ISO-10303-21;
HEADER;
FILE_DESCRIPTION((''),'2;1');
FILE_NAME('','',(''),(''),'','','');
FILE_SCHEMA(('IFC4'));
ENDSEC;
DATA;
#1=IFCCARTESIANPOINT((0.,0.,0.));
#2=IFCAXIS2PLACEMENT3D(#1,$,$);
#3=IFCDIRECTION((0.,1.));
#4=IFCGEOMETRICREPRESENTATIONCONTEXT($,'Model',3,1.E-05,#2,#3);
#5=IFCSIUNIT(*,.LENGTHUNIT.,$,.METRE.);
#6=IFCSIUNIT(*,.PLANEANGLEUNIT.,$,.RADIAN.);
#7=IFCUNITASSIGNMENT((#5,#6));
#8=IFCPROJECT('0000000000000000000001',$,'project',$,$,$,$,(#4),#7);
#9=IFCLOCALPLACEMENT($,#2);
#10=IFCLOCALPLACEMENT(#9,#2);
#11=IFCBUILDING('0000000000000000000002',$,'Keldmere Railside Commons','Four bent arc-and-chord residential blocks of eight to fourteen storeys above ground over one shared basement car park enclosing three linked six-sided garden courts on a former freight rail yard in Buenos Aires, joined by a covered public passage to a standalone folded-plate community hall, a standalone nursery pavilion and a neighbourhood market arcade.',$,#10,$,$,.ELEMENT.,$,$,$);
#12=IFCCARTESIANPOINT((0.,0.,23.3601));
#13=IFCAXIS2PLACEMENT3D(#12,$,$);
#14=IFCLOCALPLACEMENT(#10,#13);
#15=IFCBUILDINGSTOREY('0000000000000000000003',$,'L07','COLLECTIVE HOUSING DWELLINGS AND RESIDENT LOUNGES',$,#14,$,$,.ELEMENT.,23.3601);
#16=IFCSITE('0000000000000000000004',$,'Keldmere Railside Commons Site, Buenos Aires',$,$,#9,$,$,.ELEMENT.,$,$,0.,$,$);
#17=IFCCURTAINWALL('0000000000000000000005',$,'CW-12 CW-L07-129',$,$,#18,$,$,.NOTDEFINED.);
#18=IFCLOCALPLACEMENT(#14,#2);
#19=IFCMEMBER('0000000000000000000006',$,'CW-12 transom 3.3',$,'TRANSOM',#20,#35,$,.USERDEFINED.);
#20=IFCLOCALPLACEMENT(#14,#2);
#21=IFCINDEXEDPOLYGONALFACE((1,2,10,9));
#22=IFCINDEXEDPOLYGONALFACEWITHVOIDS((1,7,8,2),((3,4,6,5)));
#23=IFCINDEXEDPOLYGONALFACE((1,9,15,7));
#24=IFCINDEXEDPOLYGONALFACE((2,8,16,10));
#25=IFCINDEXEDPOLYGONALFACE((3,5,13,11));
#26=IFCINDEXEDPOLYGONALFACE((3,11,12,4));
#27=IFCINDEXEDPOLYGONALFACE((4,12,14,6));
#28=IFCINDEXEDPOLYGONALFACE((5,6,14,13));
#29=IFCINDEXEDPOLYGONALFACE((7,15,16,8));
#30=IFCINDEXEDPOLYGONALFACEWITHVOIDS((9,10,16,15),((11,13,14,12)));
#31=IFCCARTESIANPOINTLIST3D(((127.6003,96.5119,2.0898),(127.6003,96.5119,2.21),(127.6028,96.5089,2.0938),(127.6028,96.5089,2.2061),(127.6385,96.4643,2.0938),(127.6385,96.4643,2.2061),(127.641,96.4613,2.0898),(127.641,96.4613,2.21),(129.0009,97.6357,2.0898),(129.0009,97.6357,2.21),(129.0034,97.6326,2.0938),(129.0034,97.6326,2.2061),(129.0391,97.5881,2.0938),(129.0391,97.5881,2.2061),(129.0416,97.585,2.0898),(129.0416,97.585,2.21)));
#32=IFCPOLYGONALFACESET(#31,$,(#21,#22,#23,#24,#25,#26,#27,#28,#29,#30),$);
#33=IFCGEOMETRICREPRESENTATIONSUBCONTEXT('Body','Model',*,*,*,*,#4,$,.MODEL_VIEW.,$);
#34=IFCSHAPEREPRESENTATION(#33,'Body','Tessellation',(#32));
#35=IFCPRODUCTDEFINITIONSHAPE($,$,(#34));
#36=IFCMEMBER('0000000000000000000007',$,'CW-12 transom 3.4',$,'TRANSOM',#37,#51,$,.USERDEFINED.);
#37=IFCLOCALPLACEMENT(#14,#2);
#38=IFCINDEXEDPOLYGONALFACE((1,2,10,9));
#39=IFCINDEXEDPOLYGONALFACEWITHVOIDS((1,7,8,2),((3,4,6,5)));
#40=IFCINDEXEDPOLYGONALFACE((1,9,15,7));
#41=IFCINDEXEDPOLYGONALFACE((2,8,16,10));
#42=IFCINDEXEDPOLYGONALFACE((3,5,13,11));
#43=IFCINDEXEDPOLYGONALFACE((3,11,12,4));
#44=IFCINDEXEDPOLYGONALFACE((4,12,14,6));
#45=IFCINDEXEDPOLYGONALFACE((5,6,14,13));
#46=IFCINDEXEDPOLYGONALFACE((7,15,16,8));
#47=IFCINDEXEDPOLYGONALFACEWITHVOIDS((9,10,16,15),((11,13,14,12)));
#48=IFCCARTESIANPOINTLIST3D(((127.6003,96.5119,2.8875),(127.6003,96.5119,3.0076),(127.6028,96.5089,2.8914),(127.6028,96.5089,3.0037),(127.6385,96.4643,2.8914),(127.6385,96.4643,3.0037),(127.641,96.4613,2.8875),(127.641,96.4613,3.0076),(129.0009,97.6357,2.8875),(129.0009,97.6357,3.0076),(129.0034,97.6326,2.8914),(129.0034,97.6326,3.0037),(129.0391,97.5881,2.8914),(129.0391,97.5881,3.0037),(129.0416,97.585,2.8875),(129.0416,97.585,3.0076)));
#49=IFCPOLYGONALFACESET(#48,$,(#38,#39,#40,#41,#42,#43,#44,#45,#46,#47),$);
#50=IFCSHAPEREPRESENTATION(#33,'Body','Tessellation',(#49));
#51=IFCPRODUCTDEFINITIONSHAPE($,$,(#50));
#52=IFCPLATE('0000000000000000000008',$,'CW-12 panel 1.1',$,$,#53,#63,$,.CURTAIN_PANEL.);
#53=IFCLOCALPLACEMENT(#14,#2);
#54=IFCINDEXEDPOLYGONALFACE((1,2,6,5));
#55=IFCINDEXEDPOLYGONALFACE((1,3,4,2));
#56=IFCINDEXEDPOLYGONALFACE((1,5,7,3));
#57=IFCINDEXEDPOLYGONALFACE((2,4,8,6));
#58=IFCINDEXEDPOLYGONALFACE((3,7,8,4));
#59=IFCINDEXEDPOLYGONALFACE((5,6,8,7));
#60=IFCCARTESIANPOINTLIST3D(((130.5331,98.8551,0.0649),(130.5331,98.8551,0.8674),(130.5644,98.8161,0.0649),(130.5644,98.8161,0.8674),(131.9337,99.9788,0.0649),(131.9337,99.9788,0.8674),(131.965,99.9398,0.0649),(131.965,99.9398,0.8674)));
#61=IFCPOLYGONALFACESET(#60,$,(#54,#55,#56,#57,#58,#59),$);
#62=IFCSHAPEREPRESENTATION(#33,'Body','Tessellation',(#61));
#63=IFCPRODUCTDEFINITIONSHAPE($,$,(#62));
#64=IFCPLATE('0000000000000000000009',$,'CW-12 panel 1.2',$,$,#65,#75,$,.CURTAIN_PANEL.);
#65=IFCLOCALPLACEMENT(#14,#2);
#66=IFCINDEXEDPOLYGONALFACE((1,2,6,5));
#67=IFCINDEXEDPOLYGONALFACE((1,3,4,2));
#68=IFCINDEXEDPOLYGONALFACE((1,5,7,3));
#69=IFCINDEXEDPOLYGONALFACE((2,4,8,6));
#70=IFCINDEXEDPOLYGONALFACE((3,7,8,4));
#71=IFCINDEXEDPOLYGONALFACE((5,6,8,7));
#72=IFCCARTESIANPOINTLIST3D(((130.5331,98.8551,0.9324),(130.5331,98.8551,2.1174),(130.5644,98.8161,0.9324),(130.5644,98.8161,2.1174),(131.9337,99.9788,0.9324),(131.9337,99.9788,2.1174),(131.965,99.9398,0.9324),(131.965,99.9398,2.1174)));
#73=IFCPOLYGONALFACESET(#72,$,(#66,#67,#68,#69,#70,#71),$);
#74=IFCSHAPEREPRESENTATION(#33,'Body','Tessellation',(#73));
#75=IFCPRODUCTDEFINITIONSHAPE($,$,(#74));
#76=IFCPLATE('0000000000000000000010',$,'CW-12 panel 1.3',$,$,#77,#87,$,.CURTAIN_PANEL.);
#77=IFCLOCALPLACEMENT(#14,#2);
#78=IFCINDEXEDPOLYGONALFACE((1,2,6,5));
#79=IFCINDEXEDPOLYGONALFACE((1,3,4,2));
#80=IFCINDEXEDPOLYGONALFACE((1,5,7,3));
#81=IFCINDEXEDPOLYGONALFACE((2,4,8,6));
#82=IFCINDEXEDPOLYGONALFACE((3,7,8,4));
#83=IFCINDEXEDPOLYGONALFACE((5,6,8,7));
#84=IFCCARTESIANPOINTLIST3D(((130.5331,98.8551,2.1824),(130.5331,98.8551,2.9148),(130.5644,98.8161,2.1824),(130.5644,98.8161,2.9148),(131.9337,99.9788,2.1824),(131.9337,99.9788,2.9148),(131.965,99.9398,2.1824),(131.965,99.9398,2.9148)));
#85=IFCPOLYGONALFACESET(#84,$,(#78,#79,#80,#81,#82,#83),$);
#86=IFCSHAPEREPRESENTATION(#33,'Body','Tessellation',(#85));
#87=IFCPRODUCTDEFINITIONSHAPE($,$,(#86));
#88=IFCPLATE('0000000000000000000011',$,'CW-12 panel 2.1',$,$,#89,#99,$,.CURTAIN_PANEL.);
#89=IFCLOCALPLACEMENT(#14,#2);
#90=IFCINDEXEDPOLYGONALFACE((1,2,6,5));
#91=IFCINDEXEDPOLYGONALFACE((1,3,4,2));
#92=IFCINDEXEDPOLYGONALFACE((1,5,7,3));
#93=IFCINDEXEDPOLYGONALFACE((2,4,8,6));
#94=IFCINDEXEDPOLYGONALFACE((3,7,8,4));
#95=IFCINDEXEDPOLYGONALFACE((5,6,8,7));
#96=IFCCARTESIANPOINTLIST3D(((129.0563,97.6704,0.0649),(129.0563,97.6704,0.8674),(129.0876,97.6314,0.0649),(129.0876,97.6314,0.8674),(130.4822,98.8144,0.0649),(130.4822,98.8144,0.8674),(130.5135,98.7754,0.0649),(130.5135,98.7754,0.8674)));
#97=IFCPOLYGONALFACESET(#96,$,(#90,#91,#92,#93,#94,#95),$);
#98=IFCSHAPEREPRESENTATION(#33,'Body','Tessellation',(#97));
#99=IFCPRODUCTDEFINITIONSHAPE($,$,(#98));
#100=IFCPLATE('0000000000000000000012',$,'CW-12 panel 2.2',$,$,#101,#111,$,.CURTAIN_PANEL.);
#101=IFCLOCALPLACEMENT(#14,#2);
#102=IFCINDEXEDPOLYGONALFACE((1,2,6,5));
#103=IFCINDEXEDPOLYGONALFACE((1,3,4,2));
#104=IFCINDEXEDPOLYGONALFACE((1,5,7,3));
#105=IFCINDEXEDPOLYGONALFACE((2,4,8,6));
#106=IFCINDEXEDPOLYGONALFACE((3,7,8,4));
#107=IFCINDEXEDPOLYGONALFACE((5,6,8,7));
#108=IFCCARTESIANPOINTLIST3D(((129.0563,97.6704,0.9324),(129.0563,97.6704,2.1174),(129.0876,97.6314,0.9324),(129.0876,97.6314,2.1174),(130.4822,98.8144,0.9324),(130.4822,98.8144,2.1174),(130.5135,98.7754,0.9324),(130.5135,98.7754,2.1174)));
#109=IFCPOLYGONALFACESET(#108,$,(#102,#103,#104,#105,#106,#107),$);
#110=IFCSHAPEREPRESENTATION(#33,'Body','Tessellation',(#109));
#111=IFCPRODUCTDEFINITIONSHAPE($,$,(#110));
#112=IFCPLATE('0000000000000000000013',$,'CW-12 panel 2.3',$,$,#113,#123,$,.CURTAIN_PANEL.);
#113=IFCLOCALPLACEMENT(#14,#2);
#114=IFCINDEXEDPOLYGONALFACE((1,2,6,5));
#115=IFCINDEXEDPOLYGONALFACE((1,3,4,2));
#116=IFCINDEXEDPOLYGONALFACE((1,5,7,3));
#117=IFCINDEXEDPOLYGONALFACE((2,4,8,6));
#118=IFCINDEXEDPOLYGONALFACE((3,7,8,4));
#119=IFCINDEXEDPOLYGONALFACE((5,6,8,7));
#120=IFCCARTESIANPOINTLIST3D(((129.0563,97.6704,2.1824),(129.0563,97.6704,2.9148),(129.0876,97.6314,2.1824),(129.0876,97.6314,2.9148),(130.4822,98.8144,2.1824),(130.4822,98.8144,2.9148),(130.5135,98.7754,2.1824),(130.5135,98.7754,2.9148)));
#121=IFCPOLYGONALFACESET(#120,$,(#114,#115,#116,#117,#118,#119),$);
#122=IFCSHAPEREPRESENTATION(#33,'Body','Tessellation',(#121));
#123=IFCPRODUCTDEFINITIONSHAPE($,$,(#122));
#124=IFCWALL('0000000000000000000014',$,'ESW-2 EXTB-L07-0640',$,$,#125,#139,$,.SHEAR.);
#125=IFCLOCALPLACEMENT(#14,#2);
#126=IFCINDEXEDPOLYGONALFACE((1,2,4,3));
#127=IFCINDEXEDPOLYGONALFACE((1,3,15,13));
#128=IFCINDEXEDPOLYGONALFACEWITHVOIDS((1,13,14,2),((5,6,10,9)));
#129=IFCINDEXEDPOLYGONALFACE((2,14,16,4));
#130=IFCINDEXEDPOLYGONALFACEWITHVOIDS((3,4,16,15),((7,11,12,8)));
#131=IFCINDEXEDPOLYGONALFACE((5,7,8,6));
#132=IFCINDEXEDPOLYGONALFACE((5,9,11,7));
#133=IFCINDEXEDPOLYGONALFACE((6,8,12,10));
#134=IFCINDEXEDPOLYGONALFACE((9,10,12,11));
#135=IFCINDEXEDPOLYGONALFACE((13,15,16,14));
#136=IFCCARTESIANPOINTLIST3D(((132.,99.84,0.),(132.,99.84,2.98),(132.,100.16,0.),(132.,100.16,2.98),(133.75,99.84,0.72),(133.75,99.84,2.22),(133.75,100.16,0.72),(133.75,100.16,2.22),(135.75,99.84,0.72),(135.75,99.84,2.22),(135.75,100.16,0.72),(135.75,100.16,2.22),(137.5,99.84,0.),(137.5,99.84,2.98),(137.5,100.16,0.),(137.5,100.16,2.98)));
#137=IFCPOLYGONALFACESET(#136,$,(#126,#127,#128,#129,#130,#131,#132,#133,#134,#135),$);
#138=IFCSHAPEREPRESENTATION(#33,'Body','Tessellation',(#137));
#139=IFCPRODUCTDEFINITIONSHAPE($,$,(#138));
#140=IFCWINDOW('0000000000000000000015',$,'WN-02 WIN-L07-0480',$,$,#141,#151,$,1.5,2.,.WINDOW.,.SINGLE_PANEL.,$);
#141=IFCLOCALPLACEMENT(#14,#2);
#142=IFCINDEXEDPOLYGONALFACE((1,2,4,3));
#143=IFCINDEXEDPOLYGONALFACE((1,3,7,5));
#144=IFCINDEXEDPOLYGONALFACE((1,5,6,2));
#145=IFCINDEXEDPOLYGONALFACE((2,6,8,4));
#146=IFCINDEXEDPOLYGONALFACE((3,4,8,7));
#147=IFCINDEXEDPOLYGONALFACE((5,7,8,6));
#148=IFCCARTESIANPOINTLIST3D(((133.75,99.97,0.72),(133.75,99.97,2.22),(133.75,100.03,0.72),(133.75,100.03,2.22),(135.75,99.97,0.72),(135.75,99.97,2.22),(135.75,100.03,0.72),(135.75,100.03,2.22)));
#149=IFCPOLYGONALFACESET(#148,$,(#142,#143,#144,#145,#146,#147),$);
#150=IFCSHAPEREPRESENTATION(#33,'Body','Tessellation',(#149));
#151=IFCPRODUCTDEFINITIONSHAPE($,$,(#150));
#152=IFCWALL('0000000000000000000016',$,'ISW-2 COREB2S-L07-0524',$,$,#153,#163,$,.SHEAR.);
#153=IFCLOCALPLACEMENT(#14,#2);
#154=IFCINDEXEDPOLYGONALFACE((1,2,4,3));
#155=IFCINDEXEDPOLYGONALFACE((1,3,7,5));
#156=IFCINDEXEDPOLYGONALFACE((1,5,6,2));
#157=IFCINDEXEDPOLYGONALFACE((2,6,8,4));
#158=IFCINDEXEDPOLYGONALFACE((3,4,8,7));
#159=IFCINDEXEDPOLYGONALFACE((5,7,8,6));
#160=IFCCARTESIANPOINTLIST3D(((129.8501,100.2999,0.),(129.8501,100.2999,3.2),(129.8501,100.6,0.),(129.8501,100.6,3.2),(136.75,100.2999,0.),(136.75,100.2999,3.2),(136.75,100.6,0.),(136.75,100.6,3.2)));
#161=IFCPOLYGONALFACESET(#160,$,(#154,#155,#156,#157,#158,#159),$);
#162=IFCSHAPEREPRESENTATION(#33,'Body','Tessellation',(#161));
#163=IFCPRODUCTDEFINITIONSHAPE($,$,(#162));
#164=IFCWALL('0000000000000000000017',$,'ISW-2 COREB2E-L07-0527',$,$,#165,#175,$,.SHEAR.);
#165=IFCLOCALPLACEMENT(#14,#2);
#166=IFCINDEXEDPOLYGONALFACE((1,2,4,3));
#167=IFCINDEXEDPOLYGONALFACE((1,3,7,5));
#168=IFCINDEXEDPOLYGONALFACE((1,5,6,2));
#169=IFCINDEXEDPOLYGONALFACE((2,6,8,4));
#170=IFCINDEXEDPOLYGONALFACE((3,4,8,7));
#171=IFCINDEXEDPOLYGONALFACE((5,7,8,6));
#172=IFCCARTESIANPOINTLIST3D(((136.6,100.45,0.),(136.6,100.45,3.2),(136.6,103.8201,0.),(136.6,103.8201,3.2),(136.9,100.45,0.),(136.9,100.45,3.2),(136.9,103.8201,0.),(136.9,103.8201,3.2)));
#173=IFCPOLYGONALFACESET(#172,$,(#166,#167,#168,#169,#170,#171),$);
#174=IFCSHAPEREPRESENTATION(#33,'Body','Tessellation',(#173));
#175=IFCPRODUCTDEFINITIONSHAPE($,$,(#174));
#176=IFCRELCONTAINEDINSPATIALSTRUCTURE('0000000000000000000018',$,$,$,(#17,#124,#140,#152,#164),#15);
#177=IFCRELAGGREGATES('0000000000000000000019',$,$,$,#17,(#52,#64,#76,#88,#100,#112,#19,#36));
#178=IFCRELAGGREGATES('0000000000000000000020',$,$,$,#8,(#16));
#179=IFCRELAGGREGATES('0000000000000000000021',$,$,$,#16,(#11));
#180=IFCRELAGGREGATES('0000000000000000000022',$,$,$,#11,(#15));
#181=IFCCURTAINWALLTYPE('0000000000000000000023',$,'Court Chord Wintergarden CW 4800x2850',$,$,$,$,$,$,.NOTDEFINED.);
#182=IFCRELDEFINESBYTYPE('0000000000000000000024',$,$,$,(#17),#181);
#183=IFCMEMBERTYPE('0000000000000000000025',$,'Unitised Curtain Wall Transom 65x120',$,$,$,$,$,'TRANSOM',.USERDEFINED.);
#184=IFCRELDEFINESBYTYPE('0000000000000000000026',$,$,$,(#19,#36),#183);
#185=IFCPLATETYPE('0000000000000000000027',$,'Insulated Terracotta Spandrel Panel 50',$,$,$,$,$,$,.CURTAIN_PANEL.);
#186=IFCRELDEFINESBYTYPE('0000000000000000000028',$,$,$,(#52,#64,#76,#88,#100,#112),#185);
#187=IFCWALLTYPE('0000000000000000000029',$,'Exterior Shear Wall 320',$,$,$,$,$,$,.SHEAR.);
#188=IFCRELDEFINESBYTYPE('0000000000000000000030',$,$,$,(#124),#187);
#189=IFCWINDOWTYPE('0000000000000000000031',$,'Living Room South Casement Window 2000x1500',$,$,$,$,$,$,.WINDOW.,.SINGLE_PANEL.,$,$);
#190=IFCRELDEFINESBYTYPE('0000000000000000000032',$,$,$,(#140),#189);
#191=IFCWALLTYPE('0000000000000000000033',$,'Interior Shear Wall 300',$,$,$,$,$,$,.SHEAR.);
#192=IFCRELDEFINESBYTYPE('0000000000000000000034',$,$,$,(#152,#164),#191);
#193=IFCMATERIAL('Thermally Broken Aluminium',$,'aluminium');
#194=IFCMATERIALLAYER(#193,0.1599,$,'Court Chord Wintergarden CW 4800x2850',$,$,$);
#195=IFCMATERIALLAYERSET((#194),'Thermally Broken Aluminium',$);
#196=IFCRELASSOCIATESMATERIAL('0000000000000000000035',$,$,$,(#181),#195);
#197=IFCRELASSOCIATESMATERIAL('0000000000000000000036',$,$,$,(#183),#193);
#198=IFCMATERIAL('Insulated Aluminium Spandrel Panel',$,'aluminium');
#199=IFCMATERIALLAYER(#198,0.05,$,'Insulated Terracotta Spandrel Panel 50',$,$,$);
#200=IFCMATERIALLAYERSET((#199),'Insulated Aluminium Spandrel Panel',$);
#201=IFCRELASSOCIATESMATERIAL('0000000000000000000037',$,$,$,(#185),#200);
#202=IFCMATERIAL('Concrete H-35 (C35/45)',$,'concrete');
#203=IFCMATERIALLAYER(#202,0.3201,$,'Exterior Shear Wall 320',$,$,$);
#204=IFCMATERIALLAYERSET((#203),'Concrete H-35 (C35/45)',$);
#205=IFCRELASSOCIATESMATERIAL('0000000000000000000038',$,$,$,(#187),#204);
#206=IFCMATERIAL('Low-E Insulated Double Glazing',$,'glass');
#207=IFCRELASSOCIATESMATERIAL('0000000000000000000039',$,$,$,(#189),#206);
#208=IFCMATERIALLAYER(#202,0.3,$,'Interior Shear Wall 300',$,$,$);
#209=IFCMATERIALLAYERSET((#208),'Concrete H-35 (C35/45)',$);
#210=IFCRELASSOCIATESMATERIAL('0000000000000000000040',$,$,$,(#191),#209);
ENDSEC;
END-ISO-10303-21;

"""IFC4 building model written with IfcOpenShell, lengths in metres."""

from ifc_helpers import new_model, si_unit, direction, frame, frame_2d, origin, origin_2d, place, context, subcontext, project, spatial, rectangle, hollow_rectangle, extrude, material, layer, layer_set, material_profile, profile_set, type_object, element, fill, aggregate, save


model = new_model("IFC4")

# Units and contexts
model_context = context("Model", 3, precision=1e-05, world=origin(), true_north=direction((0.0, 1.0)))
body_context = subcontext(model_context, "Body", "Model", "MODEL_VIEW")
ifc_project = project(units=[si_unit("LENGTHUNIT", "METRE"), si_unit("PLANEANGLEUNIT", "RADIAN")], contexts=[model_context])

# Site, building, storey
site_placement = place(None, origin())
site = spatial("IfcSite", under=ifc_project, at=site_placement, Name="Keldmere Railside Commons Site, Buenos Aires", CompositionType="ELEMENT", RefElevation=0.0)
building_placement = place(site_placement, origin())
building = spatial("IfcBuilding", under=site, at=building_placement, Name="Keldmere Railside Commons", Description="Four bent arc-and-chord residential blocks of eight to fourteen storeys above ground over one shared basement car park enclosing three linked six-sided garden courts on a former freight rail yard in Buenos Aires, joined by a covered public passage to a standalone folded-plate community hall, a standalone nursery pavilion and a neighbourhood market arcade.", CompositionType="ELEMENT")
storey_placement = place(building_placement, frame((0.0, 0.0, 23.3601)))
storey = spatial("IfcBuildingStorey", under=building, at=storey_placement, Name="L07", Description="COLLECTIVE HOUSING DWELLINGS AND RESIDENT LOUNGES", CompositionType="ELEMENT", Elevation=23.3601)

# Curtain wall, members, plates
ifc_material_1 = material(Name="Thermally Broken Aluminium", Category="aluminium")
ifc_layer_1 = layer(ifc_material_1, 0.1599, Name="Court Chord Wintergarden CW 4800x2850")
ifc_layer_set_1 = layer_set([ifc_layer_1], Name="Thermally Broken Aluminium")
curtain_wall_type = type_object("IfcCurtainWallType", Name="Court Chord Wintergarden CW 4800x2850", PredefinedType="NOTDEFINED", material=ifc_layer_set_1)
curtain_wall_placement = place(storey_placement, origin())
curtain_wall = element("IfcCurtainWall", 1, at=curtain_wall_placement, inside=storey, type_object=curtain_wall_type, Name="CW-12 CW-L07-129", PredefinedType="NOTDEFINED")
ifc_material_profile_1 = material_profile(ifc_material_1, hollow_rectangle(XDim=0.0649, YDim=0.1201, WallThickness=0.0039, at=origin_2d()), Name="ALU-TRAN-65x120")
ifc_profile_set_1 = profile_set([ifc_material_profile_1], Name="Thermally Broken Aluminium")
member_type_1 = type_object("IfcMemberType", Name="Unitised Curtain Wall Transom 65x120", ElementType="TRANSOM", PredefinedType="USERDEFINED", material=ifc_profile_set_1)
member_1_placement = place(storey_placement, frame((129.0212, 97.6104, 2.1499), z_axis=(-0.779979, -0.625805, 0.0), x_axis=(0.625805, -0.779979, 0.0)))
member_1 = element("IfcMember", 2, at=member_1_placement, type_object=member_type_1, Name="CW-12 transom 3.3", ObjectType="TRANSOM", PredefinedType="USERDEFINED", context=body_context, shape_type="SweptSolid", body=[
    extrude(hollow_rectangle(XDim=0.0649, YDim=0.1201, WallThickness=0.0039, at=origin_2d()), origin(), (0.0, 0.0, 1.0), 1.7957),
])
member_2_placement = place(storey_placement, frame((129.0212, 97.6104, 2.9475), z_axis=(-0.779979, -0.625805, 0.0), x_axis=(0.625805, -0.779979, 0.0)))
member_2 = element("IfcMember", 3, at=member_2_placement, type_object=member_type_1, Name="CW-12 transom 3.4", ObjectType="TRANSOM", PredefinedType="USERDEFINED", context=body_context, shape_type="SweptSolid", body=[
    extrude(hollow_rectangle(XDim=0.0649, YDim=0.1201, WallThickness=0.0039, at=origin_2d()), origin(), (0.0, 0.0, 1.0), 1.7957),
])
ifc_material_2 = material(Name="Insulated Aluminium Spandrel Panel", Category="aluminium")
ifc_layer_2 = layer(ifc_material_2, 0.05, Name="Insulated Terracotta Spandrel Panel 50")
ifc_layer_set_2 = layer_set([ifc_layer_2], Name="Insulated Aluminium Spandrel Panel")
plate_type = type_object("IfcPlateType", Name="Insulated Terracotta Spandrel Panel 50", PredefinedType="CURTAIN_PANEL", material=ifc_layer_set_2)
plate_1_placement = place(storey_placement, frame((131.249, 99.3975, 0.0649), z_axis=(0.0, 0.0, 1.0), x_axis=(-0.780009, -0.625768, 0.0)))
plate_1 = element("IfcPlate", 4, at=plate_1_placement, type_object=plate_type, Name="CW-12 panel 1.1", PredefinedType="CURTAIN_PANEL", context=body_context, shape_type="SweptSolid", body=[
    extrude(rectangle(XDim=1.7957, YDim=0.05, at=origin_2d()), origin(), (0.0, 0.0, 1.0), 0.8025),
])
plate_2_placement = place(storey_placement, frame((131.249, 99.3975, 0.9324), z_axis=(0.0, 0.0, 1.0), x_axis=(-0.780009, -0.625768, 0.0)))
plate_2 = element("IfcPlate", 5, at=plate_2_placement, type_object=plate_type, Name="CW-12 panel 1.2", PredefinedType="CURTAIN_PANEL", context=body_context, shape_type="SweptSolid", body=[
    extrude(rectangle(XDim=1.7957, YDim=0.05, at=origin_2d()), origin(), (0.0, 0.0, 1.0), 1.1851),
])
plate_3_placement = place(storey_placement, frame((131.249, 99.3975, 2.1824), z_axis=(0.0, 0.0, 1.0), x_axis=(-0.780009, -0.625768, 0.0)))
plate_3 = element("IfcPlate", 6, at=plate_3_placement, type_object=plate_type, Name="CW-12 panel 1.3", PredefinedType="CURTAIN_PANEL", context=body_context, shape_type="SweptSolid", body=[
    extrude(rectangle(XDim=1.7957, YDim=0.05, at=origin_2d()), origin(), (0.0, 0.0, 1.0), 0.7324),
])
plate_4_placement = place(storey_placement, frame((129.7849, 98.2229, 0.0649), z_axis=(0.0, 0.0, 1.0), x_axis=(-0.780009, -0.625768, 0.0)))
plate_4 = element("IfcPlate", 7, at=plate_4_placement, type_object=plate_type, Name="CW-12 panel 2.1", PredefinedType="CURTAIN_PANEL", context=body_context, shape_type="SweptSolid", body=[
    extrude(rectangle(XDim=1.8281, YDim=0.05, at=origin_2d()), origin(), (0.0, 0.0, 1.0), 0.8025),
])
plate_5_placement = place(storey_placement, frame((129.7849, 98.2229, 0.9324), z_axis=(0.0, 0.0, 1.0), x_axis=(-0.780009, -0.625768, 0.0)))
plate_5 = element("IfcPlate", 8, at=plate_5_placement, type_object=plate_type, Name="CW-12 panel 2.2", PredefinedType="CURTAIN_PANEL", context=body_context, shape_type="SweptSolid", body=[
    extrude(rectangle(XDim=1.8281, YDim=0.05, at=origin_2d()), origin(), (0.0, 0.0, 1.0), 1.1851),
])
plate_6_placement = place(storey_placement, frame((129.7849, 98.2229, 2.1824), z_axis=(0.0, 0.0, 1.0), x_axis=(-0.780009, -0.625768, 0.0)))
plate_6 = element("IfcPlate", 9, at=plate_6_placement, type_object=plate_type, Name="CW-12 panel 2.3", PredefinedType="CURTAIN_PANEL", context=body_context, shape_type="SweptSolid", body=[
    extrude(rectangle(XDim=1.8281, YDim=0.05, at=origin_2d()), origin(), (0.0, 0.0, 1.0), 0.7324),
])
aggregate(curtain_wall, [plate_1, plate_2, plate_3, plate_4, plate_5, plate_6, member_1, member_2])

# Wall, opening, window
ifc_material_3 = material(Name="Concrete H-35 (C35/45)", Category="concrete")
ifc_layer_3 = layer(ifc_material_3, 0.3201, Name="Exterior Shear Wall 320")
ifc_layer_set_3 = layer_set([ifc_layer_3], Name="Concrete H-35 (C35/45)")
wall_type_1 = type_object("IfcWallType", Name="Exterior Shear Wall 320", PredefinedType="SHEAR", material=ifc_layer_set_3)
wall_1_placement = place(storey_placement, frame((137.5, 100.0, 0.0), z_axis=(0.0, 0.0, 1.0), x_axis=(-1.0, 0.0, 0.0)))
wall_1 = element("IfcWall", 10, at=wall_1_placement, inside=storey, type_object=wall_type_1, Name="ESW-2 EXTB-L07-0640", PredefinedType="SHEAR", context=body_context, shape_type="SweptSolid", body=[
    extrude(rectangle(XDim=5.5, YDim=0.3201, at=frame_2d((2.75, 0.0))), origin(), (0.0, 0.0, 1.0), 2.98),
])
opening_placement = place(wall_1_placement, frame((1.75, 0.0, 0.72)))
opening = element("IfcOpeningElement", 11, at=opening_placement, cuts=wall_1, PredefinedType="OPENING", context=body_context, shape_type="SweptSolid", body=[
    extrude(rectangle(XDim=2.0, YDim=1.5, at=frame_2d((1.0, 0.75))), frame((0.0, 0.1699, 0.0), z_axis=(0.0, -1.0, 0.0), x_axis=(1.0, 0.0, 0.0)), (0.0, 0.0, 1.0), 0.3401),
])
ifc_material_4 = material(Name="Low-E Insulated Double Glazing", Category="glass")
window_type = type_object("IfcWindowType", Name="Living Room South Casement Window 2000x1500", PartitioningType="SINGLE_PANEL", PredefinedType="WINDOW", material=ifc_material_4)
window_placement = place(opening_placement, origin())
window = element("IfcWindow", 12, at=window_placement, inside=storey, type_object=window_type, Name="WN-02 WIN-L07-0480", OverallHeight=1.5, OverallWidth=2.0, PartitioningType="SINGLE_PANEL", PredefinedType="WINDOW", context=body_context, shape_type="SweptSolid", body=[
    extrude(rectangle(XDim=2.0, YDim=1.5, at=frame_2d((1.0, 0.75))), frame((0.0, 0.03, 0.0), z_axis=(0.0, -1.0, 0.0), x_axis=(1.0, 0.0, 0.0)), (0.0, 0.0, 1.0), 0.0601),
])
fill(opening, window)

# Walls
ifc_layer_4 = layer(ifc_material_3, 0.3, Name="Interior Shear Wall 300")
ifc_layer_set_4 = layer_set([ifc_layer_4], Name="Concrete H-35 (C35/45)")
wall_type_2 = type_object("IfcWallType", Name="Interior Shear Wall 300", PredefinedType="SHEAR", material=ifc_layer_set_4)
wall_2_placement = place(storey_placement, frame((129.8501, 100.45, 0.0), z_axis=(0.0, 0.0, 1.0), x_axis=(1.0, 0.0, 0.0)))
element("IfcWall", 13, at=wall_2_placement, inside=storey, type_object=wall_type_2, Name="ISW-2 COREB2S-L07-0524", PredefinedType="SHEAR", context=body_context, shape_type="SweptSolid", body=[
    extrude(rectangle(XDim=6.8999, YDim=0.3, at=frame_2d((3.45, 0.0))), origin(), (0.0, 0.0, 1.0), 3.2),
])
wall_3_placement = place(storey_placement, frame((136.75, 100.45, 0.0), z_axis=(0.0, 0.0, 1.0), x_axis=(0.0, 1.0, 0.0)))
element("IfcWall", 14, at=wall_3_placement, inside=storey, type_object=wall_type_2, Name="ISW-2 COREB2E-L07-0527", PredefinedType="SHEAR", context=body_context, shape_type="SweptSolid", body=[
    extrude(rectangle(XDim=3.3701, YDim=0.3, at=frame_2d((1.6851, 0.0))), origin(), (0.0, 0.0, 1.0), 3.2),
])

save(model, "model.ifc")
